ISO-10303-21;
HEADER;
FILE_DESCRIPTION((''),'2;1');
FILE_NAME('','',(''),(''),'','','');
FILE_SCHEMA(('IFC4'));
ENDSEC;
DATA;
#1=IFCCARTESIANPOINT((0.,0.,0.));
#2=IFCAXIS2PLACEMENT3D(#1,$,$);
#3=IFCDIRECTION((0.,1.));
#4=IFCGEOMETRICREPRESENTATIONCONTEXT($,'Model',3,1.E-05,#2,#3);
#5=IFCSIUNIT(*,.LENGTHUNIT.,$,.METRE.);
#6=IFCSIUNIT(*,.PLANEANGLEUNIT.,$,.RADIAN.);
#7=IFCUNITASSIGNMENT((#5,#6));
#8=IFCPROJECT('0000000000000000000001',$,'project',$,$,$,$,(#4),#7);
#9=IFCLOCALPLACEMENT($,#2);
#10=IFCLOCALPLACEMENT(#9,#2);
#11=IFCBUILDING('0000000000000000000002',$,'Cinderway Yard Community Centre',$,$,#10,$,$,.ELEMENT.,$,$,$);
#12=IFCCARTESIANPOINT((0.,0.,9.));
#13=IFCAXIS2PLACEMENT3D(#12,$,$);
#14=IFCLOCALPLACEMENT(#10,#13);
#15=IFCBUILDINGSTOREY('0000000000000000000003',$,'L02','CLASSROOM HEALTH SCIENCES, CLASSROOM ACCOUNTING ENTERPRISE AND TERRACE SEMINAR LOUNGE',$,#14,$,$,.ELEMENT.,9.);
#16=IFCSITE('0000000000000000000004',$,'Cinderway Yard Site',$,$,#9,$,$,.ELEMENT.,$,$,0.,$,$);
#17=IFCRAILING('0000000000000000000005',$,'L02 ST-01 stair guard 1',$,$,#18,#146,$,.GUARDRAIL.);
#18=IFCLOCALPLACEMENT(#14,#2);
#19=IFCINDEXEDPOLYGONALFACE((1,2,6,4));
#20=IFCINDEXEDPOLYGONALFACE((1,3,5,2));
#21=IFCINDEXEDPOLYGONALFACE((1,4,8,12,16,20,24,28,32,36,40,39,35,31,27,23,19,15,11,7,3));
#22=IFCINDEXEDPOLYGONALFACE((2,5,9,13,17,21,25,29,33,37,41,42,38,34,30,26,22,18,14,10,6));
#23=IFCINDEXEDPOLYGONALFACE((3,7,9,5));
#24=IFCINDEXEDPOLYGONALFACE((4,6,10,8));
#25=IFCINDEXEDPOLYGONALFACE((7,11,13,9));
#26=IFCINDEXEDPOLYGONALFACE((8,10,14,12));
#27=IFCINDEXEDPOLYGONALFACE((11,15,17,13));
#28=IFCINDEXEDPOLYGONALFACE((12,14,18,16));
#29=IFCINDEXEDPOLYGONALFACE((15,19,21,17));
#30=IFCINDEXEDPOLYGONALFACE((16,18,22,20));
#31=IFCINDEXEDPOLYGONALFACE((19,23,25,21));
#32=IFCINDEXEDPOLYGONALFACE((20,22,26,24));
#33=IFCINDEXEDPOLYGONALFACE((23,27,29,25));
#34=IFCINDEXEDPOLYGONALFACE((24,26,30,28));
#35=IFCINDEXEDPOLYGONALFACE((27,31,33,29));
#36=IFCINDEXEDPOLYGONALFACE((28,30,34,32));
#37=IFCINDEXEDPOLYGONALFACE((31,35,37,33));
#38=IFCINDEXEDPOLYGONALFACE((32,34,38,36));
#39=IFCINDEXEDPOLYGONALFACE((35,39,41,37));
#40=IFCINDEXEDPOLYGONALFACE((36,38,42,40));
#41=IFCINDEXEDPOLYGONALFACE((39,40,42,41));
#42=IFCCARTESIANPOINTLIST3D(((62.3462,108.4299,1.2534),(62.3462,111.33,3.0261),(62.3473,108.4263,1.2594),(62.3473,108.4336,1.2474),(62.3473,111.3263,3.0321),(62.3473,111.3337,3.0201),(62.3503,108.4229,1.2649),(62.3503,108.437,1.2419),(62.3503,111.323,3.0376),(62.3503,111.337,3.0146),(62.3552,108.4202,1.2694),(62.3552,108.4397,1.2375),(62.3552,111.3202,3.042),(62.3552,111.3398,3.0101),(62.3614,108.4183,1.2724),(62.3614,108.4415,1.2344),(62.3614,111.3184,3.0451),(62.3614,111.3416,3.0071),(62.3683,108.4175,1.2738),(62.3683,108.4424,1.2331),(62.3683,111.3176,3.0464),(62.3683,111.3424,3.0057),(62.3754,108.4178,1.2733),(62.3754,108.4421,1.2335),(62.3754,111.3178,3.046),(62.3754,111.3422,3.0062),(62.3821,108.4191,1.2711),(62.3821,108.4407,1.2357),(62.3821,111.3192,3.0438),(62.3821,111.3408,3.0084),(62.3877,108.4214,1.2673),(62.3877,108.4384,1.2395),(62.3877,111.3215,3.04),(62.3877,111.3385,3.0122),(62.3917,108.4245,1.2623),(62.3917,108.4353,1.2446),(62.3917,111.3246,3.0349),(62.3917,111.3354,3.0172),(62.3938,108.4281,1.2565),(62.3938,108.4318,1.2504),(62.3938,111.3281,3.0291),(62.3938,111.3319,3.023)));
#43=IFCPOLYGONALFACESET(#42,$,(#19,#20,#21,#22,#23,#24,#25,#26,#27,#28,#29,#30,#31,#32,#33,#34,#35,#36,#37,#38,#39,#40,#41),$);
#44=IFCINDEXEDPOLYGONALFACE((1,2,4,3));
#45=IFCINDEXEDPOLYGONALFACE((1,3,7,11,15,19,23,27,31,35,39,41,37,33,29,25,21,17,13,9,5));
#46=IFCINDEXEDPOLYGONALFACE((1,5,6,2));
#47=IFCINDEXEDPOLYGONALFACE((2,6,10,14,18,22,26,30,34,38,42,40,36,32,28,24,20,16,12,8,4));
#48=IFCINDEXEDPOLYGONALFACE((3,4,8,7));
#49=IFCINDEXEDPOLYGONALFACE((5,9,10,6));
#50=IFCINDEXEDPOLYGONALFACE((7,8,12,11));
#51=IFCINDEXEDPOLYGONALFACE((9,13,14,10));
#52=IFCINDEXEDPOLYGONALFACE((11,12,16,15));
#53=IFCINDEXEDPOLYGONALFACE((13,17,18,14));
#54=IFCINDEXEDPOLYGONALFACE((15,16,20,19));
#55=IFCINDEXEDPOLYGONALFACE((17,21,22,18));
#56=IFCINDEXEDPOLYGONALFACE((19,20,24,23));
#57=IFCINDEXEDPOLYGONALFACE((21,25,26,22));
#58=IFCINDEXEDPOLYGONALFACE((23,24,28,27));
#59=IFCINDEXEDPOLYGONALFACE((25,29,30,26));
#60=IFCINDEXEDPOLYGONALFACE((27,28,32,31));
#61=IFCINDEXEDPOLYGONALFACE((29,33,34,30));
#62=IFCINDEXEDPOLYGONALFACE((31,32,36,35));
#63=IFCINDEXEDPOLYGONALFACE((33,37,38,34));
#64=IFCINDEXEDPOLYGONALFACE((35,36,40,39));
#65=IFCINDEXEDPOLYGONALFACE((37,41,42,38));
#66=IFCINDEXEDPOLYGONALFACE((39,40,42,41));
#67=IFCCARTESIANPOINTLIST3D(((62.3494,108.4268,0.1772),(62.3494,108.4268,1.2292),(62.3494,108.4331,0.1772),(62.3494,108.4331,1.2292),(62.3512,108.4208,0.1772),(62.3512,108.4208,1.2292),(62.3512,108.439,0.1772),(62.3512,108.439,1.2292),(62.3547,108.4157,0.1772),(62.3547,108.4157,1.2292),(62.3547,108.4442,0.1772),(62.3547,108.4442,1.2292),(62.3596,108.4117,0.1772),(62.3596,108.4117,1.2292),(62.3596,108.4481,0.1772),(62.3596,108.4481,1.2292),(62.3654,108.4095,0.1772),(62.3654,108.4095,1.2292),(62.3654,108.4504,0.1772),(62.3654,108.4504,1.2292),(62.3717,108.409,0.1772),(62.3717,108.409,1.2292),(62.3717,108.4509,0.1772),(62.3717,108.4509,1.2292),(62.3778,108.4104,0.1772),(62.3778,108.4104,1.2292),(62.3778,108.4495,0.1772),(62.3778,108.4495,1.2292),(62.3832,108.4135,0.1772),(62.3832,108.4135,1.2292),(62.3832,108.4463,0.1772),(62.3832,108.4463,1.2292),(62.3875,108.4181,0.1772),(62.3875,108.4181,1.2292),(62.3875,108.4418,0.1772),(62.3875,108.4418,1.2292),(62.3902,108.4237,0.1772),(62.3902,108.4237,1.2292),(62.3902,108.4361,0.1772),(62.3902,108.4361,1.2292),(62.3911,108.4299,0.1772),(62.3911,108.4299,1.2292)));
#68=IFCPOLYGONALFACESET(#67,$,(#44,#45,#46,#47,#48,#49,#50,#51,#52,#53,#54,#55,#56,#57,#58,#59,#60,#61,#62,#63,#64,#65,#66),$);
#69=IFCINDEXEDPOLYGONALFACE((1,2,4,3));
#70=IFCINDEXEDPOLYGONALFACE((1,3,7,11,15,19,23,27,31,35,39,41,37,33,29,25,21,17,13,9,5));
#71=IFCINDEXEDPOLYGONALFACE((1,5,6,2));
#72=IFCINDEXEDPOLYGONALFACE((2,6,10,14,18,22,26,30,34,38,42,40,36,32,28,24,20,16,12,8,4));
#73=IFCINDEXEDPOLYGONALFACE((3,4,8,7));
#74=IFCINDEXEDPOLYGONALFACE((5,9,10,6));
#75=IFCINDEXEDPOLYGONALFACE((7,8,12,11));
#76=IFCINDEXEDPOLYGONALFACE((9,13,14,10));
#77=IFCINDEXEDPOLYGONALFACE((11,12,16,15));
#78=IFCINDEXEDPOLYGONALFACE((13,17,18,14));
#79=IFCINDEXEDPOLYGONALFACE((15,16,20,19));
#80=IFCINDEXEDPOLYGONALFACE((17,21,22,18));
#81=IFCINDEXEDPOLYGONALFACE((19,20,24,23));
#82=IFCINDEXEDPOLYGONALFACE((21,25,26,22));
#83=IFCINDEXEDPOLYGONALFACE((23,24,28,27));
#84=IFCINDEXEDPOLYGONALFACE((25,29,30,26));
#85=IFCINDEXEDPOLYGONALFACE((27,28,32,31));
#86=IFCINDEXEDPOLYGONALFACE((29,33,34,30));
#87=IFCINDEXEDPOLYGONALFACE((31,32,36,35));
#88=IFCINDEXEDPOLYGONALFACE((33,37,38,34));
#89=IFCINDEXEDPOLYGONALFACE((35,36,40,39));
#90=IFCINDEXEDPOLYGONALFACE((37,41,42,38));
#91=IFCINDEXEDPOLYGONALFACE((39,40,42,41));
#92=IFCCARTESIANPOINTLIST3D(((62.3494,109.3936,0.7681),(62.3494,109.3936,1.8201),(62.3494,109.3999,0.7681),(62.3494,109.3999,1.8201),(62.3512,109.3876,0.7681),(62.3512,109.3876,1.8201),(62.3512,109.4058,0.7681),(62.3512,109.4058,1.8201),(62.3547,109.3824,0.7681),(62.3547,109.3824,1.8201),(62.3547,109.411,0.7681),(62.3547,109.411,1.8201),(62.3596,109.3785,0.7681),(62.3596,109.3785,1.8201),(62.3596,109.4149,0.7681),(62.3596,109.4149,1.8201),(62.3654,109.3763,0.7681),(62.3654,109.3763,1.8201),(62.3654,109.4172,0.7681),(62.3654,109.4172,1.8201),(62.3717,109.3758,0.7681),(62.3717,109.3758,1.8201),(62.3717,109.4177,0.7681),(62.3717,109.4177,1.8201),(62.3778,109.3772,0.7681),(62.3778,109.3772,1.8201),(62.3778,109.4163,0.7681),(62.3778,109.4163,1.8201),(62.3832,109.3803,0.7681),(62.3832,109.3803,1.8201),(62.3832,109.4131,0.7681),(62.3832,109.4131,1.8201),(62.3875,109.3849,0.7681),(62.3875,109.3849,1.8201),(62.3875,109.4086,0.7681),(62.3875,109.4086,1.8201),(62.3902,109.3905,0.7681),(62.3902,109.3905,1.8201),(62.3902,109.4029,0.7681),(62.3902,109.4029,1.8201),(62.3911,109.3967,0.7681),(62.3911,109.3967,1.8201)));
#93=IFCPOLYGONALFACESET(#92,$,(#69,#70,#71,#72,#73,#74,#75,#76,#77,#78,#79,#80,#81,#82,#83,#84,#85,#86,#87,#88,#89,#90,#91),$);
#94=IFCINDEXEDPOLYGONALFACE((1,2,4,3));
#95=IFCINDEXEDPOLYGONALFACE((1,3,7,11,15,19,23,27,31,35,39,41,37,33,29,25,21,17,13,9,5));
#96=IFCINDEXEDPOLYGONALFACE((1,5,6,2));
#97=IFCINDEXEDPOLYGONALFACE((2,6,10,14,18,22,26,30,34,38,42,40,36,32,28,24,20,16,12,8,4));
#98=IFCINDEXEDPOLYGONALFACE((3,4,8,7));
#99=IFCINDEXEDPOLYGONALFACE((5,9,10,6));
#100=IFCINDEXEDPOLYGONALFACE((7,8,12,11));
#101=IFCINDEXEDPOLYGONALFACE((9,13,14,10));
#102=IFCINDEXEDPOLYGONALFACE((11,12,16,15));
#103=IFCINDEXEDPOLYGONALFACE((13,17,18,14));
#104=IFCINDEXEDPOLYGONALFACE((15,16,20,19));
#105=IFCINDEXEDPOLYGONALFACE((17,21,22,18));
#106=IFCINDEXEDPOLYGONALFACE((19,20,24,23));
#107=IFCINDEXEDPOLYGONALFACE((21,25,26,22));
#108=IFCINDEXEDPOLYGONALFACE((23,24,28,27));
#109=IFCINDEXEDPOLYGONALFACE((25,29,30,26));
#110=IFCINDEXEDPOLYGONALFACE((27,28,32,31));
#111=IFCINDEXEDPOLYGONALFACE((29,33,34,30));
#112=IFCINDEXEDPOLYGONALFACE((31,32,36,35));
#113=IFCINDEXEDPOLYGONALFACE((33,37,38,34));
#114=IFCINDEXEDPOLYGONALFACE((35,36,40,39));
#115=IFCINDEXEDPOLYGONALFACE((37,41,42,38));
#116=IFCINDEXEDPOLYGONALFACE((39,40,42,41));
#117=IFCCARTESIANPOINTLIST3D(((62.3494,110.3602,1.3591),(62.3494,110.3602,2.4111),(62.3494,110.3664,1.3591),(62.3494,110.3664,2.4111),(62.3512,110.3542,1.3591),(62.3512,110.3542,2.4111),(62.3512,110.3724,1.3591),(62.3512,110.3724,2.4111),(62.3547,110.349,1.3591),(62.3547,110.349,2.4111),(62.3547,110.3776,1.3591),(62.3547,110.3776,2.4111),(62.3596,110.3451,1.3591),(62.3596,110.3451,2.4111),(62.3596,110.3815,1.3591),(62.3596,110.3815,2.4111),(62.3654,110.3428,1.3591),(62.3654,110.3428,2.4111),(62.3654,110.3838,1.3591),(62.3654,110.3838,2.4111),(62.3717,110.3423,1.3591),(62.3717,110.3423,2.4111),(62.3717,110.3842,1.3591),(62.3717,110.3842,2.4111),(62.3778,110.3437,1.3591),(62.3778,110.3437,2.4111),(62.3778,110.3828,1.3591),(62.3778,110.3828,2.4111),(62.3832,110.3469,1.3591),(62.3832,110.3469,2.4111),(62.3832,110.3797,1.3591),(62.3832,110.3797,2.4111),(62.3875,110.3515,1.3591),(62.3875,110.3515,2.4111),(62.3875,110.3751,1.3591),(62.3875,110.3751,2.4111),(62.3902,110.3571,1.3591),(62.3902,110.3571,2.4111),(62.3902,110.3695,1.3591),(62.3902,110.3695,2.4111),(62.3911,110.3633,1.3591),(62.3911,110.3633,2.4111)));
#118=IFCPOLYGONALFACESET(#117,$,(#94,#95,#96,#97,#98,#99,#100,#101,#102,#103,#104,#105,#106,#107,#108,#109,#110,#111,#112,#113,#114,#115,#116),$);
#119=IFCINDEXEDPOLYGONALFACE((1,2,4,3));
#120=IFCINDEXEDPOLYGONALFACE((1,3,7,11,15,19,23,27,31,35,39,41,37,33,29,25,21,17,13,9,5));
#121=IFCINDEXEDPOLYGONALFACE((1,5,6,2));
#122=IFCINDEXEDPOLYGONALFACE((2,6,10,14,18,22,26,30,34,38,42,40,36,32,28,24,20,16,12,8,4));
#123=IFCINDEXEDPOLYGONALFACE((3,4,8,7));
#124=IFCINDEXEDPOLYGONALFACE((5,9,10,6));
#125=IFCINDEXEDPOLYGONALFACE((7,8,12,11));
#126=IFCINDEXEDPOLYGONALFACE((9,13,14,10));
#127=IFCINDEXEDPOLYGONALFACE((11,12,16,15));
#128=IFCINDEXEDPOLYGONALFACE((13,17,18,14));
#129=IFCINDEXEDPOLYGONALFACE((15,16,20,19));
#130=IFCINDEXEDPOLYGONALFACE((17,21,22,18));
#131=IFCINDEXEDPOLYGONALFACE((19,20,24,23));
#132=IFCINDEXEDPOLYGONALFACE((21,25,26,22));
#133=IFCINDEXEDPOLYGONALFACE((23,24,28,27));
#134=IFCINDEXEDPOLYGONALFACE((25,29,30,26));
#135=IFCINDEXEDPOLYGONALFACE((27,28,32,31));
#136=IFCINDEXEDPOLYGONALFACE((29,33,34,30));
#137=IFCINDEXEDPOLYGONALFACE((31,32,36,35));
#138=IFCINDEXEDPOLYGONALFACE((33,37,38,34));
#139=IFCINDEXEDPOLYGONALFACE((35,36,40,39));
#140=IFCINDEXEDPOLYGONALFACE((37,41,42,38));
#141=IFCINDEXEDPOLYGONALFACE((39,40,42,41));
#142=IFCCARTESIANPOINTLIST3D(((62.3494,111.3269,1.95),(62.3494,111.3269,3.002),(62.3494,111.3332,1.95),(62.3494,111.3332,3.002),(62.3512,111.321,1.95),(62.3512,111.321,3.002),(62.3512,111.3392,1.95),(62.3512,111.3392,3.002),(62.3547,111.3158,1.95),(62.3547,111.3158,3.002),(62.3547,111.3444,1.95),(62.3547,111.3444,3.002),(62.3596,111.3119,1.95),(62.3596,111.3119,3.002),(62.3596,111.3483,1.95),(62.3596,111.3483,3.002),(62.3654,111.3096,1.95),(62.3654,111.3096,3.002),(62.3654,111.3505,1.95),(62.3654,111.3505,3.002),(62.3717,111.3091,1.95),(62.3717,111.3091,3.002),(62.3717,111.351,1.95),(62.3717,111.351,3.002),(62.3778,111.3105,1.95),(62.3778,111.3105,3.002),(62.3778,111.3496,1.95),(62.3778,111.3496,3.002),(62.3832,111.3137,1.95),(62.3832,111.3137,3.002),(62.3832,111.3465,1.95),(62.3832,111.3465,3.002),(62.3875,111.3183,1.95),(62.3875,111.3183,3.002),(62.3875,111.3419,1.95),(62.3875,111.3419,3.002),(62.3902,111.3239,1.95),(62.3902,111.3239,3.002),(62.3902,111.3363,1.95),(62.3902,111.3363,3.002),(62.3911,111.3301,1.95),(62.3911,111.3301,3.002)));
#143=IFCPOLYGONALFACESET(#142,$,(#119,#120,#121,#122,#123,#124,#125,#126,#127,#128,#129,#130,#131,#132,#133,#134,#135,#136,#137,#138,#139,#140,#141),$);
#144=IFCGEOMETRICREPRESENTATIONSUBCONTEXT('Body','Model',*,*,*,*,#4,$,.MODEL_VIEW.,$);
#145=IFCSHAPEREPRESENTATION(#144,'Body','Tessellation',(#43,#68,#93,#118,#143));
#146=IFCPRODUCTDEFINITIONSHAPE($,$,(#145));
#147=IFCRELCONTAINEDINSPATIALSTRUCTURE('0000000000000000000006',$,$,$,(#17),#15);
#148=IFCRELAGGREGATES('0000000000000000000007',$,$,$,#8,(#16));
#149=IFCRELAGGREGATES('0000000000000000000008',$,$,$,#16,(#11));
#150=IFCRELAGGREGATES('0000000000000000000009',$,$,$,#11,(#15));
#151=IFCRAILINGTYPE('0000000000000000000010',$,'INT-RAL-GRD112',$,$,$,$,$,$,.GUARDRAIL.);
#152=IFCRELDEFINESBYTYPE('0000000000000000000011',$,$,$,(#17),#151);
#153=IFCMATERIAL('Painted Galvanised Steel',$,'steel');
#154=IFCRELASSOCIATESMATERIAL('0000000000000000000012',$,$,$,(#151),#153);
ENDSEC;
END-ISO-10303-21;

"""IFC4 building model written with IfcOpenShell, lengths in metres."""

from ifc_helpers import new_model, si_unit, direction, frame, origin, origin_2d, place, context, subcontext, project, spatial, circle, extrude, material, type_object, element, save


model = new_model("IFC4")

# Units and contexts
model_context = context("Model", 3, precision=1e-05, world=origin(), true_north=direction((0.0, 1.0)))
body_context = subcontext(model_context, "Body", "Model", "MODEL_VIEW")
ifc_project = project(units=[si_unit("LENGTHUNIT", "METRE"), si_unit("PLANEANGLEUNIT", "RADIAN")], contexts=[model_context])

# Site, building, storey
site_placement = place(None, origin())
site = spatial("IfcSite", under=ifc_project, at=site_placement, Name="Cinderway Yard Site", CompositionType="ELEMENT", RefElevation=0.0)
building_placement = place(site_placement, origin())
building = spatial("IfcBuilding", under=site, at=building_placement, Name="Cinderway Yard Community Centre", CompositionType="ELEMENT")
storey_placement = place(building_placement, frame((0.0, 0.0, 9.0)))
storey = spatial("IfcBuildingStorey", under=building, at=storey_placement, Name="L02", Description="CLASSROOM HEALTH SCIENCES, CLASSROOM ACCOUNTING ENTERPRISE AND TERRACE SEMINAR LOUNGE", CompositionType="ELEMENT", Elevation=9.0)

# Shared definitions
ifc_material_1 = material(Name="Painted Galvanised Steel", Category="steel")

# Railing
railing_type = type_object("IfcRailingType", Name="INT-RAL-GRD112", PredefinedType="GUARDRAIL", material=ifc_material_1)
railing_1_placement = place(storey_placement, frame((62.3701, 108.4299, 0.1772)))
element("IfcRailing", 1, at=railing_1_placement, inside=storey, type_object=railing_type, Name="L02 ST-01 stair guard 1", PredefinedType="GUARDRAIL", context=body_context, shape_type="SweptSolid", body=[
    extrude(circle(Radius=0.0239, at=origin_2d()), frame((0.0, 0.0, 1.0762), z_axis=(0.0, 0.85323, 0.521534), x_axis=(-1.0, 0.0, 0.0)), (0.0, 0.0, 1.0), 3.3989),
    extrude(circle(Radius=0.021, at=origin_2d()), origin(), (0.0, 0.0, 1.0), 1.052),
    extrude(circle(Radius=0.021, at=origin_2d()), frame((0.0, 0.9668, 0.5908)), (0.0, 0.0, 1.0), 1.052),
    extrude(circle(Radius=0.021, at=origin_2d()), frame((0.0, 1.9333, 1.1819)), (0.0, 0.0, 1.0), 1.052),
    extrude(circle(Radius=0.021, at=origin_2d()), frame((0.0, 2.9001, 1.7727)), (0.0, 0.0, 1.0), 1.052),
])

save(model, "model.ifc")
